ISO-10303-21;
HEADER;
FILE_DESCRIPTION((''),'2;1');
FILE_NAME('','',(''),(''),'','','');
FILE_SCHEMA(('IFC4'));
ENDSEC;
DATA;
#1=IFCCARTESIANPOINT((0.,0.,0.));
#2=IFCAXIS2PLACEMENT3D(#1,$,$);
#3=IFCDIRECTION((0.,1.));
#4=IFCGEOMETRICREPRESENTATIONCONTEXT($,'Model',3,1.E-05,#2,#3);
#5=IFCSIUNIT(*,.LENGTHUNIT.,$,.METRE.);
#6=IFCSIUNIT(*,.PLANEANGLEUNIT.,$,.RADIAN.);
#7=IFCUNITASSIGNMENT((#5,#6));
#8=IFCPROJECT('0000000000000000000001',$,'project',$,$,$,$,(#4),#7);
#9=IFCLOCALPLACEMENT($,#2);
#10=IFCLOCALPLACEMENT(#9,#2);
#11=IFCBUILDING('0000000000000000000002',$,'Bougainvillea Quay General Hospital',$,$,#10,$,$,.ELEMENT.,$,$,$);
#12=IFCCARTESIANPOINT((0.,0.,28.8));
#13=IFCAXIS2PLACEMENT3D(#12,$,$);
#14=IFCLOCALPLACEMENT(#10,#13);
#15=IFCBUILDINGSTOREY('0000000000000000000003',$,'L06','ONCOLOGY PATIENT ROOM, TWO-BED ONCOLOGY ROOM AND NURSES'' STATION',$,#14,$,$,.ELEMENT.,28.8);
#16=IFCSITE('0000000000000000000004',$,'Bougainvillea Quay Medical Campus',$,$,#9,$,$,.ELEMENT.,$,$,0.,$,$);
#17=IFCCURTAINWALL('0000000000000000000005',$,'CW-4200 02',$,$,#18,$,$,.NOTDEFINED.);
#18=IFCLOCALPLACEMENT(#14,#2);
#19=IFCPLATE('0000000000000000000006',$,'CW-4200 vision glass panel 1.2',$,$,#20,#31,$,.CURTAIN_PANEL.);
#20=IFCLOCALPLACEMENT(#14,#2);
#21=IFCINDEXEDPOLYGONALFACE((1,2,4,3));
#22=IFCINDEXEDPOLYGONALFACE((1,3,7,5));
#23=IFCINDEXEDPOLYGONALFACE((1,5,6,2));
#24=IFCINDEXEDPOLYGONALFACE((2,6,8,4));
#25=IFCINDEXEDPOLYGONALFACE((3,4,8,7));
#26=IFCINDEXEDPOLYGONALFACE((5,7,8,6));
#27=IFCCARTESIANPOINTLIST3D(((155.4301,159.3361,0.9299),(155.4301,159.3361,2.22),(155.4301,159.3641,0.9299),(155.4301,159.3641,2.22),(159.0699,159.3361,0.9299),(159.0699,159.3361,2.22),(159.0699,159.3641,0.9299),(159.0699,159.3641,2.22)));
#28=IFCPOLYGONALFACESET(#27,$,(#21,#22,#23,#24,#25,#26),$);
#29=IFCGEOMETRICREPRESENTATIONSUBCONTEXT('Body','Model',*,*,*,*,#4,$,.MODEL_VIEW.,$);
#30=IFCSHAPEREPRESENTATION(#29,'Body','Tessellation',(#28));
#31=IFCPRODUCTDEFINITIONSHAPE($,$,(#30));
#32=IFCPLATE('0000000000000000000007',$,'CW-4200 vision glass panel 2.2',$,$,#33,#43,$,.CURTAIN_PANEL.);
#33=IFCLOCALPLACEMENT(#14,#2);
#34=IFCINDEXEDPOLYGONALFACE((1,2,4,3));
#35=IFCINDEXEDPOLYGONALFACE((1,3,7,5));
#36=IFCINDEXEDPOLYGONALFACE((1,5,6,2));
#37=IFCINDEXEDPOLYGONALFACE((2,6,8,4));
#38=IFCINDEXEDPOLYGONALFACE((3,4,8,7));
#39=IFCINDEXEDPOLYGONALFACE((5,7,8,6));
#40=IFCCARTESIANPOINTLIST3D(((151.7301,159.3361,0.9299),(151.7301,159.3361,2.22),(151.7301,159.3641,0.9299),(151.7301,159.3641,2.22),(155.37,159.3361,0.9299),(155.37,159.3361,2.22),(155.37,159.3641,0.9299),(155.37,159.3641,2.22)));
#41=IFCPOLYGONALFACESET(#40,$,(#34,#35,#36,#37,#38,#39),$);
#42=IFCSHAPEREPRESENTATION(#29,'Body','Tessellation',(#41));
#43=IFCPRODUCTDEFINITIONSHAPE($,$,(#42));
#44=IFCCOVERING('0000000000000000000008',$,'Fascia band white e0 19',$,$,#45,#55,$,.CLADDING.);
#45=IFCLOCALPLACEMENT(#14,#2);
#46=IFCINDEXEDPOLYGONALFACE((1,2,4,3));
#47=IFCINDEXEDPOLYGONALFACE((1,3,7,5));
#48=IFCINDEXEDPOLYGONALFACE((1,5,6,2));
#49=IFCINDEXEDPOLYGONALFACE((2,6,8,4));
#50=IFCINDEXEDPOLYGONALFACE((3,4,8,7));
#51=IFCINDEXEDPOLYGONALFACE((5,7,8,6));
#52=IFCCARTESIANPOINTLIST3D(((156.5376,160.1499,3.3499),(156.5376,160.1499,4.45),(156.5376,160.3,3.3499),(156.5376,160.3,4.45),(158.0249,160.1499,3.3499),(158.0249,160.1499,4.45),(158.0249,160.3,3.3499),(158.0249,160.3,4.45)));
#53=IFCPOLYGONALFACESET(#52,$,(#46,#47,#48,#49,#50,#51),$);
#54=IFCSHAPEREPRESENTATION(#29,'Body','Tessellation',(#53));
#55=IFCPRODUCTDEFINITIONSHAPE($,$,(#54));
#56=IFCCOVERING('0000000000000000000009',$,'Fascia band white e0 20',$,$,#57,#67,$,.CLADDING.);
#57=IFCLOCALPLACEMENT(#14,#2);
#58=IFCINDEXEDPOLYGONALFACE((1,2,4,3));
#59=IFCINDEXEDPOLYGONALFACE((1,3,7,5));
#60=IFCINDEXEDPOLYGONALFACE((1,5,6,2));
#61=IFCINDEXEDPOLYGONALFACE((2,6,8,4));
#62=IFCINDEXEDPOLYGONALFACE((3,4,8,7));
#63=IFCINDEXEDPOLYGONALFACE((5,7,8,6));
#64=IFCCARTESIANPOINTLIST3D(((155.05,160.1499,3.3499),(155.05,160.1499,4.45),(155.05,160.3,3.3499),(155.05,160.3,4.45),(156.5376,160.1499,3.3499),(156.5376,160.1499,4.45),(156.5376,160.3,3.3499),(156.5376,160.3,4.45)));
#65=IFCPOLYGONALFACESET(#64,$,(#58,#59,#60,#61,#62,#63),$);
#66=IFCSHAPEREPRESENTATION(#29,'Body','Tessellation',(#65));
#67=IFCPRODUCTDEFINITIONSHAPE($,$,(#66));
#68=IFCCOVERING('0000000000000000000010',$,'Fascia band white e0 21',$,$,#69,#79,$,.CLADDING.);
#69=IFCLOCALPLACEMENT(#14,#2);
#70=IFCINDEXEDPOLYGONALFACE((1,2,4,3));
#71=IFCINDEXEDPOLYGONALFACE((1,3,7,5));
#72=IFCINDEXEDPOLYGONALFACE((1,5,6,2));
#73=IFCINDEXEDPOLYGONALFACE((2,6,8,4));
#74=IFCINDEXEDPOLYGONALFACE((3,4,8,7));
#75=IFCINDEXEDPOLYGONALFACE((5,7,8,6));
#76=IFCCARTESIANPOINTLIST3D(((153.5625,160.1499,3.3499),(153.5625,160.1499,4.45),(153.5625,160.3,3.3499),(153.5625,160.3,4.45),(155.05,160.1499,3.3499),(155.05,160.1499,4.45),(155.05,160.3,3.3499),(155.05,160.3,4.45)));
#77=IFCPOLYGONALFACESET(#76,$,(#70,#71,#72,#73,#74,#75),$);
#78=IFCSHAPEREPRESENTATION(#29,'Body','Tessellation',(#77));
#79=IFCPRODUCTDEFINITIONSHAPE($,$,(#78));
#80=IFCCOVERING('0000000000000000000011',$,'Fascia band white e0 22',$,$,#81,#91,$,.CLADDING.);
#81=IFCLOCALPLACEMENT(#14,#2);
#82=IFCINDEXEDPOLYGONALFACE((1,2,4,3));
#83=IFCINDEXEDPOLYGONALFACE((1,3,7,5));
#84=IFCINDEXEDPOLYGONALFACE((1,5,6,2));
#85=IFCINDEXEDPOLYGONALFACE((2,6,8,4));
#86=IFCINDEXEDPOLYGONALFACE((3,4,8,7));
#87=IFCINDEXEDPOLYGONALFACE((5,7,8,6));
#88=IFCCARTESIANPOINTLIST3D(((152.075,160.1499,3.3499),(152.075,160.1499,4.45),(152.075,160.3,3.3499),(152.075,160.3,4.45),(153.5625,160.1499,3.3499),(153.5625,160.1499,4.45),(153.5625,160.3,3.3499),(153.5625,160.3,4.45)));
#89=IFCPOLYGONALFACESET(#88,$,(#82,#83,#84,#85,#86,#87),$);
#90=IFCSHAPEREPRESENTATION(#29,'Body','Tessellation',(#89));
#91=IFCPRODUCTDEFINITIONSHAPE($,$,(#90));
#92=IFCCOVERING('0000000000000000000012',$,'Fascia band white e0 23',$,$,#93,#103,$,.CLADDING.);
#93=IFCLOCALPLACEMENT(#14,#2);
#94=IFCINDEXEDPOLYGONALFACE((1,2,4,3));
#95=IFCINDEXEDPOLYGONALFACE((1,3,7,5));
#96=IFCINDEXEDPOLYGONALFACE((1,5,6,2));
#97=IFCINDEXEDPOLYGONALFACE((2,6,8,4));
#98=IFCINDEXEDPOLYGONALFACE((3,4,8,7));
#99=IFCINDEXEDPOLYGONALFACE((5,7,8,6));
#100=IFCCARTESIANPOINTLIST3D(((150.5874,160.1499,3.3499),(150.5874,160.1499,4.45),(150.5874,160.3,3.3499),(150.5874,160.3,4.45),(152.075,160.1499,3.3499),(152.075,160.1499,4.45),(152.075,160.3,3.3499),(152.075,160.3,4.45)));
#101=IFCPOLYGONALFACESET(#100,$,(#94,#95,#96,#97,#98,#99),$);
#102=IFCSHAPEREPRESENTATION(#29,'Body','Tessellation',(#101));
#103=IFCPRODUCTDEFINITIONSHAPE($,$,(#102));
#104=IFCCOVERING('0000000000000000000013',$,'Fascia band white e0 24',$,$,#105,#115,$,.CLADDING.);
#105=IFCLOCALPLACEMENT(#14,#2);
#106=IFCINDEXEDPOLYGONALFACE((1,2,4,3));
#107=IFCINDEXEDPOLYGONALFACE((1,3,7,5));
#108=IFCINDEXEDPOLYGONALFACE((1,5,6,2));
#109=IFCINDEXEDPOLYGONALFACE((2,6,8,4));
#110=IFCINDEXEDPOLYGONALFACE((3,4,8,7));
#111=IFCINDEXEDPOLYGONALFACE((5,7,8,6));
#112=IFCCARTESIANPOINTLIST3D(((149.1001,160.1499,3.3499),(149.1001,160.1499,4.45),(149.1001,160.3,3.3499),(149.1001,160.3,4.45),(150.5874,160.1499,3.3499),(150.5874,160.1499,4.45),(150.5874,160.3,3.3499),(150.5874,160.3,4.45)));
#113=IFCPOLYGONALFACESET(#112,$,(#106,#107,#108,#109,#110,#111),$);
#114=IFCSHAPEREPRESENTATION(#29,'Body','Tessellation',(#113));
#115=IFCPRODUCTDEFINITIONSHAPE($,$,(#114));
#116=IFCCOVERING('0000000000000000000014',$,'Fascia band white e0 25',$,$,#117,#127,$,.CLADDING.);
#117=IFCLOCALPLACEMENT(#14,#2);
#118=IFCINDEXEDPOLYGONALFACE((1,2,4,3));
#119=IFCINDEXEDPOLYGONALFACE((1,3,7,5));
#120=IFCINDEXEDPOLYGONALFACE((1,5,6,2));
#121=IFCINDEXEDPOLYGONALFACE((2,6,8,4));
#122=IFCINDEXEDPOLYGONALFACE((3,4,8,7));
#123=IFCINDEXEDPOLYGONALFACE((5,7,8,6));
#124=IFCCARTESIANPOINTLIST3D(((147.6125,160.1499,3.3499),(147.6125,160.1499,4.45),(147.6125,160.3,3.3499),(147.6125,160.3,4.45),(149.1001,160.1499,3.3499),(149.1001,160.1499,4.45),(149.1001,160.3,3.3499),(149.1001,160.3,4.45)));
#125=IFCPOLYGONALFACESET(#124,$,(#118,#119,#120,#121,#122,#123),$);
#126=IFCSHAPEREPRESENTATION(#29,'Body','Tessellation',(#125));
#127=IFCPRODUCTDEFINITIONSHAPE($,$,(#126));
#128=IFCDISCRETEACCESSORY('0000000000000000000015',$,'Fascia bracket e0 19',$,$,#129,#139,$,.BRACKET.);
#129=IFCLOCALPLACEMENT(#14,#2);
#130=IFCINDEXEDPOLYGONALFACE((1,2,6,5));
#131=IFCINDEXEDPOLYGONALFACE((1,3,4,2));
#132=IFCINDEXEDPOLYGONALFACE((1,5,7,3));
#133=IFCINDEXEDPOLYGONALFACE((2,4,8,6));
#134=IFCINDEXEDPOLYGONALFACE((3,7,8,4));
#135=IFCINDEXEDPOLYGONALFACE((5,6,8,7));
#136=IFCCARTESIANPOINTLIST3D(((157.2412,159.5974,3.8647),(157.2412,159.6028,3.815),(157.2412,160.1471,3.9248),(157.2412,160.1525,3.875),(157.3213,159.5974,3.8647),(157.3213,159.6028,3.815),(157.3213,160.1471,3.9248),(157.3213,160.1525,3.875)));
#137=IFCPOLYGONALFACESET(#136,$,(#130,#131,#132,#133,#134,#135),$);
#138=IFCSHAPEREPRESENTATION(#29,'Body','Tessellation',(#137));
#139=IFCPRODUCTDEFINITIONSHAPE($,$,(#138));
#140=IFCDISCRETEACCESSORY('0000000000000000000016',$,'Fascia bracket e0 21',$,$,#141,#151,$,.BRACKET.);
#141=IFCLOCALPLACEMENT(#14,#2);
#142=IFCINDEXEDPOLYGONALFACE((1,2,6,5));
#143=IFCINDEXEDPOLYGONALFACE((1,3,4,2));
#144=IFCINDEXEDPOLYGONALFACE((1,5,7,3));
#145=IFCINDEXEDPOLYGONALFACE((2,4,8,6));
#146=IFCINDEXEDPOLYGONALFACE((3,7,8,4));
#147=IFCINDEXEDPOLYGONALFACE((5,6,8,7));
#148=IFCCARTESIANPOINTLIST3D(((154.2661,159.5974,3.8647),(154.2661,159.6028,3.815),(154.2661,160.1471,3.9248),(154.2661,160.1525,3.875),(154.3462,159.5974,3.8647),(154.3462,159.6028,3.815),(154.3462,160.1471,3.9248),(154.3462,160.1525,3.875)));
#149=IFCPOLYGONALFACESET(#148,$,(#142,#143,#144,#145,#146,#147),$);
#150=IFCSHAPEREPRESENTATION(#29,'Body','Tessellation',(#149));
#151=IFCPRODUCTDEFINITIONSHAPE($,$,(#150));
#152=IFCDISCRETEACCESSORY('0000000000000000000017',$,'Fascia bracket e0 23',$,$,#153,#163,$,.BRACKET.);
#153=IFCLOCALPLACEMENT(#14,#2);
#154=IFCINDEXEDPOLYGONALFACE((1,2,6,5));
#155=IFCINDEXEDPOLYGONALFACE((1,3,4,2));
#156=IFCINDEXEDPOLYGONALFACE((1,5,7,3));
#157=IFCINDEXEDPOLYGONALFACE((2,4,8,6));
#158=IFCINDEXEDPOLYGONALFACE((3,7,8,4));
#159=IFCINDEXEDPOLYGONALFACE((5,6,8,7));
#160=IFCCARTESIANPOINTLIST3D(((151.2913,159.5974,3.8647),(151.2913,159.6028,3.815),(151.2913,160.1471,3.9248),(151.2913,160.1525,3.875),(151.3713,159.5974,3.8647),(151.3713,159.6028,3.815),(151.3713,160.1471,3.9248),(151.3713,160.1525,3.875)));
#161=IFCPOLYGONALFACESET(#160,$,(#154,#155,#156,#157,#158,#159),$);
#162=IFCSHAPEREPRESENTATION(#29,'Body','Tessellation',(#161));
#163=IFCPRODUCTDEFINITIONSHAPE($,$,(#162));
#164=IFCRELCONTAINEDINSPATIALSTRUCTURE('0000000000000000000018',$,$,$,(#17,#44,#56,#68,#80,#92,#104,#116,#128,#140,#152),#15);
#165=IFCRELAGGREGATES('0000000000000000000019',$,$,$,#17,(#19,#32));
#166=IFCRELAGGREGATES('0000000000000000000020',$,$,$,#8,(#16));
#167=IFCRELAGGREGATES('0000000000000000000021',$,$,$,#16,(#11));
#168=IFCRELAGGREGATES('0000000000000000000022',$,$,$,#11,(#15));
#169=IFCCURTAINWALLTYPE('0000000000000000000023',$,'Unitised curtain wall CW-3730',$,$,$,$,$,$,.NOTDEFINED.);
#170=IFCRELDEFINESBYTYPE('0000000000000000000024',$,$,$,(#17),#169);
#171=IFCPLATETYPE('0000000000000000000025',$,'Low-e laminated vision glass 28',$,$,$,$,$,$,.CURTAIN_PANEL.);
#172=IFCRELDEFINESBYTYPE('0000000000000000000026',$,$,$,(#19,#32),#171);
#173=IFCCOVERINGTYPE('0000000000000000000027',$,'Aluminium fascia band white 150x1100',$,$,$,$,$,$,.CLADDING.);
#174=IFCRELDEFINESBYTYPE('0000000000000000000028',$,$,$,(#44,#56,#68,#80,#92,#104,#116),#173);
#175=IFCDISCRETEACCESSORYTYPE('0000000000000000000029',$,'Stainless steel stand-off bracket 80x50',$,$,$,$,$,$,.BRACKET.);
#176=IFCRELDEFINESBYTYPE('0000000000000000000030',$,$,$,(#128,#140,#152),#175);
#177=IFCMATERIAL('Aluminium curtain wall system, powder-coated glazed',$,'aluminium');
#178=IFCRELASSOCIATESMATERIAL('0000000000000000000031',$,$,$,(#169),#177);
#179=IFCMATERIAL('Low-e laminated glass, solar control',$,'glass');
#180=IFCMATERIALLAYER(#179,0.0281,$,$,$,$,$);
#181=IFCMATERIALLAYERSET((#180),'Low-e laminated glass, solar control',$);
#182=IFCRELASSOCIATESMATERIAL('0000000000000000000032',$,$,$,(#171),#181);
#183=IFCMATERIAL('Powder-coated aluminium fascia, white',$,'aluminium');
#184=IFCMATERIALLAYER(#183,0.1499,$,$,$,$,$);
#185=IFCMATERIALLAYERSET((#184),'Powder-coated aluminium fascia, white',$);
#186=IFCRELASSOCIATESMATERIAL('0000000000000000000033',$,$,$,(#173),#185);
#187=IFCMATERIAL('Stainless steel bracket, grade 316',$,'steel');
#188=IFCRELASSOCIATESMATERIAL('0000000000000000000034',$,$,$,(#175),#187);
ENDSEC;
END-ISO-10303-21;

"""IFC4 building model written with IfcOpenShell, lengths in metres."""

from ifc_helpers import new_model, si_unit, direction, frame, origin, origin_2d, place, context, subcontext, project, spatial, polyline, rectangle, outline, extrude, material, layer, layer_set, material_profile, profile_set, type_object, element, aggregate, save


model = new_model("IFC4")

# Units and contexts
model_context = context("Model", 3, precision=1e-05, world=origin(), true_north=direction((0.0, 1.0)))
body_context = subcontext(model_context, "Body", "Model", "MODEL_VIEW")
ifc_project = project(units=[si_unit("LENGTHUNIT", "METRE"), si_unit("PLANEANGLEUNIT", "RADIAN")], contexts=[model_context])

# Site, building, storey
site_placement = place(None, origin())
site = spatial("IfcSite", under=ifc_project, at=site_placement, Name="Bougainvillea Quay Medical Campus", CompositionType="ELEMENT", RefElevation=0.0)
building_placement = place(site_placement, origin())
building = spatial("IfcBuilding", under=site, at=building_placement, Name="Bougainvillea Quay General Hospital", CompositionType="ELEMENT")
storey_placement = place(building_placement, frame((0.0, 0.0, 28.8)))
storey = spatial("IfcBuildingStorey", under=building, at=storey_placement, Name="L06", Description="ONCOLOGY PATIENT ROOM, TWO-BED ONCOLOGY ROOM AND NURSES' STATION", CompositionType="ELEMENT", Elevation=28.8)

# Curtain wall
ifc_material_1 = material(Name="Aluminium curtain wall system, powder-coated glazed", Category="aluminium")
curtain_wall_type = type_object("IfcCurtainWallType", Name="Unitised curtain wall CW-3730", PredefinedType="NOTDEFINED", material=ifc_material_1)
curtain_wall_placement = place(storey_placement, origin())
curtain_wall = element("IfcCurtainWall", 1, at=curtain_wall_placement, inside=storey, type_object=curtain_wall_type, Name="CW-4200 02", PredefinedType="NOTDEFINED")

# Plates
ifc_material_2 = material(Name="Low-e laminated glass, solar control", Category="glass")
ifc_layer_1 = layer(ifc_material_2, 0.0281)
ifc_layer_set_1 = layer_set([ifc_layer_1], Name="Low-e laminated glass, solar control")
plate_type_1 = type_object("IfcPlateType", Name="Low-e laminated vision glass 28", PredefinedType="CURTAIN_PANEL", material=ifc_layer_set_1)
plate_1_placement = place(storey_placement, frame((157.25, 159.3501, 0.9299), z_axis=(0.0, 0.0, 1.0), x_axis=(-1.0, 0.0, 0.0)))
plate_1 = element("IfcPlate", 2, at=plate_1_placement, type_object=plate_type_1, Name="CW-4200 vision glass panel 1.2", PredefinedType="CURTAIN_PANEL", context=body_context, shape_type="SweptSolid", body=[
    extrude(rectangle(XDim=3.6399, YDim=0.0281, at=origin_2d()), origin(), (0.0, 0.0, 1.0), 1.29),
])
plate_2_placement = place(storey_placement, frame((153.55, 159.3501, 0.9299), z_axis=(0.0, 0.0, 1.0), x_axis=(-1.0, 0.0, 0.0)))
plate_2 = element("IfcPlate", 3, at=plate_2_placement, type_object=plate_type_1, Name="CW-4200 vision glass panel 2.2", PredefinedType="CURTAIN_PANEL", context=body_context, shape_type="SweptSolid", body=[
    extrude(rectangle(XDim=3.6399, YDim=0.0281, at=origin_2d()), origin(), (0.0, 0.0, 1.0), 1.29),
])
aggregate(curtain_wall, [plate_1, plate_2])

# Coverings
ifc_material_3 = material(Name="Powder-coated aluminium fascia, white", Category="aluminium")
ifc_layer_2 = layer(ifc_material_3, 0.1499)
ifc_layer_set_2 = layer_set([ifc_layer_2], Name="Powder-coated aluminium fascia, white")
covering_type = type_object("IfcCoveringType", Name="Aluminium fascia band white 150x1100", PredefinedType="CLADDING", material=ifc_layer_set_2)
covering_1_placement = place(storey_placement, frame((158.0249, 160.1499, 3.3499), z_axis=(0.0, 0.0, 1.0), x_axis=(-1.0, 0.0, 0.0)))
element("IfcCovering", 4, at=covering_1_placement, inside=storey, type_object=covering_type, Name="Fascia band white e0 19", PredefinedType="CLADDING", context=body_context, shape_type="SweptSolid", body=[
    extrude(outline(polyline([(0.0, 0.0), (1.4873, 0.0), (1.4873, -0.1501), (0.0, -0.1501), (0.0, 0.0)])), origin(), (0.0, 0.0, 1.0), 1.1001),
])
for number, where, z_axis, x_axis, name in (
    (5, (156.5376, 160.1499, 3.3499), (0.0, 0.0, 1.0), (-1.0, 0.0, 0.0), "Fascia band white e0 20"),
    (6, (155.05, 160.1499, 3.3499), (0.0, 0.0, 1.0), (-1.0, 0.0, 0.0), "Fascia band white e0 21"),
    (7, (153.5625, 160.1499, 3.3499), (0.0, 0.0, 1.0), (-1.0, 0.0, 0.0), "Fascia band white e0 22"),
    (8, (152.075, 160.1499, 3.3499), (0.0, 0.0, 1.0), (-1.0, 0.0, 0.0), "Fascia band white e0 23"),
):
    element("IfcCovering", number, at=place(storey_placement, frame(where, z_axis=z_axis, x_axis=x_axis)), inside=storey, type_object=covering_type, Name=name, PredefinedType="CLADDING", context=body_context, shape_type="SweptSolid", body=[
        extrude(outline(polyline([(0.0, 0.0), (1.4875, 0.0), (1.4875, -0.1501), (0.0, -0.1501), (0.0, 0.0)])), origin(), (0.0, 0.0, 1.0), 1.1001),
    ])
covering_2_placement = place(storey_placement, frame((150.5874, 160.1499, 3.3499), z_axis=(0.0, 0.0, 1.0), x_axis=(-1.0, 0.0, 0.0)))
element("IfcCovering", 9, at=covering_2_placement, inside=storey, type_object=covering_type, Name="Fascia band white e0 24", PredefinedType="CLADDING", context=body_context, shape_type="SweptSolid", body=[
    extrude(outline(polyline([(0.0, 0.0), (1.4873, 0.0), (1.4873, -0.1501), (0.0, -0.1501), (0.0, 0.0)])), origin(), (0.0, 0.0, 1.0), 1.1001),
])
covering_3_placement = place(storey_placement, frame((149.1001, 160.1499, 3.3499), z_axis=(0.0, 0.0, 1.0), x_axis=(-1.0, 0.0, 0.0)))
element("IfcCovering", 10, at=covering_3_placement, inside=storey, type_object=covering_type, Name="Fascia band white e0 25", PredefinedType="CLADDING", context=body_context, shape_type="SweptSolid", body=[
    extrude(outline(polyline([(0.0, 0.0), (1.4875, 0.0), (1.4875, -0.1501), (0.0, -0.1501), (0.0, 0.0)])), origin(), (0.0, 0.0, 1.0), 1.1001),
])

# Discrete accessories
ifc_material_4 = material(Name="Stainless steel bracket, grade 316", Category="steel")
ifc_material_profile_1 = material_profile(ifc_material_4, rectangle(XDim=0.0801, YDim=0.05, at=origin_2d()))
ifc_profile_set_1 = profile_set([ifc_material_profile_1], Name="Stainless steel bracket, grade 316")
discrete_accessory_type = type_object("IfcDiscreteAccessoryType", Name="Stainless steel stand-off bracket 80x50", PredefinedType="BRACKET", material=ifc_profile_set_1)
for number, where, z_axis, x_axis, name in (
    (11, (157.2812, 159.6001, 3.8398), (0.0, 0.994087, 0.10859), (-1.0, 0.0, 0.0), "Fascia bracket e0 19"),
    (12, (154.3062, 159.6001, 3.8398), (0.0, 0.994087, 0.10859), (-1.0, 0.0, 0.0), "Fascia bracket e0 21"),
    (13, (151.3313, 159.6001, 3.8398), (0.0, 0.994087, 0.10859), (-1.0, 0.0, 0.0), "Fascia bracket e0 23"),
):
    element("IfcDiscreteAccessory", number, at=place(storey_placement, frame(where, z_axis=z_axis, x_axis=x_axis)), inside=storey, type_object=discrete_accessory_type, Name=name, PredefinedType="BRACKET", context=body_context, shape_type="SweptSolid", body=[
        extrude(rectangle(XDim=0.0801, YDim=0.05, at=origin_2d()), origin(), (0.0, 0.0, 1.0), 0.553),
    ])

save(model, "model.ifc")
